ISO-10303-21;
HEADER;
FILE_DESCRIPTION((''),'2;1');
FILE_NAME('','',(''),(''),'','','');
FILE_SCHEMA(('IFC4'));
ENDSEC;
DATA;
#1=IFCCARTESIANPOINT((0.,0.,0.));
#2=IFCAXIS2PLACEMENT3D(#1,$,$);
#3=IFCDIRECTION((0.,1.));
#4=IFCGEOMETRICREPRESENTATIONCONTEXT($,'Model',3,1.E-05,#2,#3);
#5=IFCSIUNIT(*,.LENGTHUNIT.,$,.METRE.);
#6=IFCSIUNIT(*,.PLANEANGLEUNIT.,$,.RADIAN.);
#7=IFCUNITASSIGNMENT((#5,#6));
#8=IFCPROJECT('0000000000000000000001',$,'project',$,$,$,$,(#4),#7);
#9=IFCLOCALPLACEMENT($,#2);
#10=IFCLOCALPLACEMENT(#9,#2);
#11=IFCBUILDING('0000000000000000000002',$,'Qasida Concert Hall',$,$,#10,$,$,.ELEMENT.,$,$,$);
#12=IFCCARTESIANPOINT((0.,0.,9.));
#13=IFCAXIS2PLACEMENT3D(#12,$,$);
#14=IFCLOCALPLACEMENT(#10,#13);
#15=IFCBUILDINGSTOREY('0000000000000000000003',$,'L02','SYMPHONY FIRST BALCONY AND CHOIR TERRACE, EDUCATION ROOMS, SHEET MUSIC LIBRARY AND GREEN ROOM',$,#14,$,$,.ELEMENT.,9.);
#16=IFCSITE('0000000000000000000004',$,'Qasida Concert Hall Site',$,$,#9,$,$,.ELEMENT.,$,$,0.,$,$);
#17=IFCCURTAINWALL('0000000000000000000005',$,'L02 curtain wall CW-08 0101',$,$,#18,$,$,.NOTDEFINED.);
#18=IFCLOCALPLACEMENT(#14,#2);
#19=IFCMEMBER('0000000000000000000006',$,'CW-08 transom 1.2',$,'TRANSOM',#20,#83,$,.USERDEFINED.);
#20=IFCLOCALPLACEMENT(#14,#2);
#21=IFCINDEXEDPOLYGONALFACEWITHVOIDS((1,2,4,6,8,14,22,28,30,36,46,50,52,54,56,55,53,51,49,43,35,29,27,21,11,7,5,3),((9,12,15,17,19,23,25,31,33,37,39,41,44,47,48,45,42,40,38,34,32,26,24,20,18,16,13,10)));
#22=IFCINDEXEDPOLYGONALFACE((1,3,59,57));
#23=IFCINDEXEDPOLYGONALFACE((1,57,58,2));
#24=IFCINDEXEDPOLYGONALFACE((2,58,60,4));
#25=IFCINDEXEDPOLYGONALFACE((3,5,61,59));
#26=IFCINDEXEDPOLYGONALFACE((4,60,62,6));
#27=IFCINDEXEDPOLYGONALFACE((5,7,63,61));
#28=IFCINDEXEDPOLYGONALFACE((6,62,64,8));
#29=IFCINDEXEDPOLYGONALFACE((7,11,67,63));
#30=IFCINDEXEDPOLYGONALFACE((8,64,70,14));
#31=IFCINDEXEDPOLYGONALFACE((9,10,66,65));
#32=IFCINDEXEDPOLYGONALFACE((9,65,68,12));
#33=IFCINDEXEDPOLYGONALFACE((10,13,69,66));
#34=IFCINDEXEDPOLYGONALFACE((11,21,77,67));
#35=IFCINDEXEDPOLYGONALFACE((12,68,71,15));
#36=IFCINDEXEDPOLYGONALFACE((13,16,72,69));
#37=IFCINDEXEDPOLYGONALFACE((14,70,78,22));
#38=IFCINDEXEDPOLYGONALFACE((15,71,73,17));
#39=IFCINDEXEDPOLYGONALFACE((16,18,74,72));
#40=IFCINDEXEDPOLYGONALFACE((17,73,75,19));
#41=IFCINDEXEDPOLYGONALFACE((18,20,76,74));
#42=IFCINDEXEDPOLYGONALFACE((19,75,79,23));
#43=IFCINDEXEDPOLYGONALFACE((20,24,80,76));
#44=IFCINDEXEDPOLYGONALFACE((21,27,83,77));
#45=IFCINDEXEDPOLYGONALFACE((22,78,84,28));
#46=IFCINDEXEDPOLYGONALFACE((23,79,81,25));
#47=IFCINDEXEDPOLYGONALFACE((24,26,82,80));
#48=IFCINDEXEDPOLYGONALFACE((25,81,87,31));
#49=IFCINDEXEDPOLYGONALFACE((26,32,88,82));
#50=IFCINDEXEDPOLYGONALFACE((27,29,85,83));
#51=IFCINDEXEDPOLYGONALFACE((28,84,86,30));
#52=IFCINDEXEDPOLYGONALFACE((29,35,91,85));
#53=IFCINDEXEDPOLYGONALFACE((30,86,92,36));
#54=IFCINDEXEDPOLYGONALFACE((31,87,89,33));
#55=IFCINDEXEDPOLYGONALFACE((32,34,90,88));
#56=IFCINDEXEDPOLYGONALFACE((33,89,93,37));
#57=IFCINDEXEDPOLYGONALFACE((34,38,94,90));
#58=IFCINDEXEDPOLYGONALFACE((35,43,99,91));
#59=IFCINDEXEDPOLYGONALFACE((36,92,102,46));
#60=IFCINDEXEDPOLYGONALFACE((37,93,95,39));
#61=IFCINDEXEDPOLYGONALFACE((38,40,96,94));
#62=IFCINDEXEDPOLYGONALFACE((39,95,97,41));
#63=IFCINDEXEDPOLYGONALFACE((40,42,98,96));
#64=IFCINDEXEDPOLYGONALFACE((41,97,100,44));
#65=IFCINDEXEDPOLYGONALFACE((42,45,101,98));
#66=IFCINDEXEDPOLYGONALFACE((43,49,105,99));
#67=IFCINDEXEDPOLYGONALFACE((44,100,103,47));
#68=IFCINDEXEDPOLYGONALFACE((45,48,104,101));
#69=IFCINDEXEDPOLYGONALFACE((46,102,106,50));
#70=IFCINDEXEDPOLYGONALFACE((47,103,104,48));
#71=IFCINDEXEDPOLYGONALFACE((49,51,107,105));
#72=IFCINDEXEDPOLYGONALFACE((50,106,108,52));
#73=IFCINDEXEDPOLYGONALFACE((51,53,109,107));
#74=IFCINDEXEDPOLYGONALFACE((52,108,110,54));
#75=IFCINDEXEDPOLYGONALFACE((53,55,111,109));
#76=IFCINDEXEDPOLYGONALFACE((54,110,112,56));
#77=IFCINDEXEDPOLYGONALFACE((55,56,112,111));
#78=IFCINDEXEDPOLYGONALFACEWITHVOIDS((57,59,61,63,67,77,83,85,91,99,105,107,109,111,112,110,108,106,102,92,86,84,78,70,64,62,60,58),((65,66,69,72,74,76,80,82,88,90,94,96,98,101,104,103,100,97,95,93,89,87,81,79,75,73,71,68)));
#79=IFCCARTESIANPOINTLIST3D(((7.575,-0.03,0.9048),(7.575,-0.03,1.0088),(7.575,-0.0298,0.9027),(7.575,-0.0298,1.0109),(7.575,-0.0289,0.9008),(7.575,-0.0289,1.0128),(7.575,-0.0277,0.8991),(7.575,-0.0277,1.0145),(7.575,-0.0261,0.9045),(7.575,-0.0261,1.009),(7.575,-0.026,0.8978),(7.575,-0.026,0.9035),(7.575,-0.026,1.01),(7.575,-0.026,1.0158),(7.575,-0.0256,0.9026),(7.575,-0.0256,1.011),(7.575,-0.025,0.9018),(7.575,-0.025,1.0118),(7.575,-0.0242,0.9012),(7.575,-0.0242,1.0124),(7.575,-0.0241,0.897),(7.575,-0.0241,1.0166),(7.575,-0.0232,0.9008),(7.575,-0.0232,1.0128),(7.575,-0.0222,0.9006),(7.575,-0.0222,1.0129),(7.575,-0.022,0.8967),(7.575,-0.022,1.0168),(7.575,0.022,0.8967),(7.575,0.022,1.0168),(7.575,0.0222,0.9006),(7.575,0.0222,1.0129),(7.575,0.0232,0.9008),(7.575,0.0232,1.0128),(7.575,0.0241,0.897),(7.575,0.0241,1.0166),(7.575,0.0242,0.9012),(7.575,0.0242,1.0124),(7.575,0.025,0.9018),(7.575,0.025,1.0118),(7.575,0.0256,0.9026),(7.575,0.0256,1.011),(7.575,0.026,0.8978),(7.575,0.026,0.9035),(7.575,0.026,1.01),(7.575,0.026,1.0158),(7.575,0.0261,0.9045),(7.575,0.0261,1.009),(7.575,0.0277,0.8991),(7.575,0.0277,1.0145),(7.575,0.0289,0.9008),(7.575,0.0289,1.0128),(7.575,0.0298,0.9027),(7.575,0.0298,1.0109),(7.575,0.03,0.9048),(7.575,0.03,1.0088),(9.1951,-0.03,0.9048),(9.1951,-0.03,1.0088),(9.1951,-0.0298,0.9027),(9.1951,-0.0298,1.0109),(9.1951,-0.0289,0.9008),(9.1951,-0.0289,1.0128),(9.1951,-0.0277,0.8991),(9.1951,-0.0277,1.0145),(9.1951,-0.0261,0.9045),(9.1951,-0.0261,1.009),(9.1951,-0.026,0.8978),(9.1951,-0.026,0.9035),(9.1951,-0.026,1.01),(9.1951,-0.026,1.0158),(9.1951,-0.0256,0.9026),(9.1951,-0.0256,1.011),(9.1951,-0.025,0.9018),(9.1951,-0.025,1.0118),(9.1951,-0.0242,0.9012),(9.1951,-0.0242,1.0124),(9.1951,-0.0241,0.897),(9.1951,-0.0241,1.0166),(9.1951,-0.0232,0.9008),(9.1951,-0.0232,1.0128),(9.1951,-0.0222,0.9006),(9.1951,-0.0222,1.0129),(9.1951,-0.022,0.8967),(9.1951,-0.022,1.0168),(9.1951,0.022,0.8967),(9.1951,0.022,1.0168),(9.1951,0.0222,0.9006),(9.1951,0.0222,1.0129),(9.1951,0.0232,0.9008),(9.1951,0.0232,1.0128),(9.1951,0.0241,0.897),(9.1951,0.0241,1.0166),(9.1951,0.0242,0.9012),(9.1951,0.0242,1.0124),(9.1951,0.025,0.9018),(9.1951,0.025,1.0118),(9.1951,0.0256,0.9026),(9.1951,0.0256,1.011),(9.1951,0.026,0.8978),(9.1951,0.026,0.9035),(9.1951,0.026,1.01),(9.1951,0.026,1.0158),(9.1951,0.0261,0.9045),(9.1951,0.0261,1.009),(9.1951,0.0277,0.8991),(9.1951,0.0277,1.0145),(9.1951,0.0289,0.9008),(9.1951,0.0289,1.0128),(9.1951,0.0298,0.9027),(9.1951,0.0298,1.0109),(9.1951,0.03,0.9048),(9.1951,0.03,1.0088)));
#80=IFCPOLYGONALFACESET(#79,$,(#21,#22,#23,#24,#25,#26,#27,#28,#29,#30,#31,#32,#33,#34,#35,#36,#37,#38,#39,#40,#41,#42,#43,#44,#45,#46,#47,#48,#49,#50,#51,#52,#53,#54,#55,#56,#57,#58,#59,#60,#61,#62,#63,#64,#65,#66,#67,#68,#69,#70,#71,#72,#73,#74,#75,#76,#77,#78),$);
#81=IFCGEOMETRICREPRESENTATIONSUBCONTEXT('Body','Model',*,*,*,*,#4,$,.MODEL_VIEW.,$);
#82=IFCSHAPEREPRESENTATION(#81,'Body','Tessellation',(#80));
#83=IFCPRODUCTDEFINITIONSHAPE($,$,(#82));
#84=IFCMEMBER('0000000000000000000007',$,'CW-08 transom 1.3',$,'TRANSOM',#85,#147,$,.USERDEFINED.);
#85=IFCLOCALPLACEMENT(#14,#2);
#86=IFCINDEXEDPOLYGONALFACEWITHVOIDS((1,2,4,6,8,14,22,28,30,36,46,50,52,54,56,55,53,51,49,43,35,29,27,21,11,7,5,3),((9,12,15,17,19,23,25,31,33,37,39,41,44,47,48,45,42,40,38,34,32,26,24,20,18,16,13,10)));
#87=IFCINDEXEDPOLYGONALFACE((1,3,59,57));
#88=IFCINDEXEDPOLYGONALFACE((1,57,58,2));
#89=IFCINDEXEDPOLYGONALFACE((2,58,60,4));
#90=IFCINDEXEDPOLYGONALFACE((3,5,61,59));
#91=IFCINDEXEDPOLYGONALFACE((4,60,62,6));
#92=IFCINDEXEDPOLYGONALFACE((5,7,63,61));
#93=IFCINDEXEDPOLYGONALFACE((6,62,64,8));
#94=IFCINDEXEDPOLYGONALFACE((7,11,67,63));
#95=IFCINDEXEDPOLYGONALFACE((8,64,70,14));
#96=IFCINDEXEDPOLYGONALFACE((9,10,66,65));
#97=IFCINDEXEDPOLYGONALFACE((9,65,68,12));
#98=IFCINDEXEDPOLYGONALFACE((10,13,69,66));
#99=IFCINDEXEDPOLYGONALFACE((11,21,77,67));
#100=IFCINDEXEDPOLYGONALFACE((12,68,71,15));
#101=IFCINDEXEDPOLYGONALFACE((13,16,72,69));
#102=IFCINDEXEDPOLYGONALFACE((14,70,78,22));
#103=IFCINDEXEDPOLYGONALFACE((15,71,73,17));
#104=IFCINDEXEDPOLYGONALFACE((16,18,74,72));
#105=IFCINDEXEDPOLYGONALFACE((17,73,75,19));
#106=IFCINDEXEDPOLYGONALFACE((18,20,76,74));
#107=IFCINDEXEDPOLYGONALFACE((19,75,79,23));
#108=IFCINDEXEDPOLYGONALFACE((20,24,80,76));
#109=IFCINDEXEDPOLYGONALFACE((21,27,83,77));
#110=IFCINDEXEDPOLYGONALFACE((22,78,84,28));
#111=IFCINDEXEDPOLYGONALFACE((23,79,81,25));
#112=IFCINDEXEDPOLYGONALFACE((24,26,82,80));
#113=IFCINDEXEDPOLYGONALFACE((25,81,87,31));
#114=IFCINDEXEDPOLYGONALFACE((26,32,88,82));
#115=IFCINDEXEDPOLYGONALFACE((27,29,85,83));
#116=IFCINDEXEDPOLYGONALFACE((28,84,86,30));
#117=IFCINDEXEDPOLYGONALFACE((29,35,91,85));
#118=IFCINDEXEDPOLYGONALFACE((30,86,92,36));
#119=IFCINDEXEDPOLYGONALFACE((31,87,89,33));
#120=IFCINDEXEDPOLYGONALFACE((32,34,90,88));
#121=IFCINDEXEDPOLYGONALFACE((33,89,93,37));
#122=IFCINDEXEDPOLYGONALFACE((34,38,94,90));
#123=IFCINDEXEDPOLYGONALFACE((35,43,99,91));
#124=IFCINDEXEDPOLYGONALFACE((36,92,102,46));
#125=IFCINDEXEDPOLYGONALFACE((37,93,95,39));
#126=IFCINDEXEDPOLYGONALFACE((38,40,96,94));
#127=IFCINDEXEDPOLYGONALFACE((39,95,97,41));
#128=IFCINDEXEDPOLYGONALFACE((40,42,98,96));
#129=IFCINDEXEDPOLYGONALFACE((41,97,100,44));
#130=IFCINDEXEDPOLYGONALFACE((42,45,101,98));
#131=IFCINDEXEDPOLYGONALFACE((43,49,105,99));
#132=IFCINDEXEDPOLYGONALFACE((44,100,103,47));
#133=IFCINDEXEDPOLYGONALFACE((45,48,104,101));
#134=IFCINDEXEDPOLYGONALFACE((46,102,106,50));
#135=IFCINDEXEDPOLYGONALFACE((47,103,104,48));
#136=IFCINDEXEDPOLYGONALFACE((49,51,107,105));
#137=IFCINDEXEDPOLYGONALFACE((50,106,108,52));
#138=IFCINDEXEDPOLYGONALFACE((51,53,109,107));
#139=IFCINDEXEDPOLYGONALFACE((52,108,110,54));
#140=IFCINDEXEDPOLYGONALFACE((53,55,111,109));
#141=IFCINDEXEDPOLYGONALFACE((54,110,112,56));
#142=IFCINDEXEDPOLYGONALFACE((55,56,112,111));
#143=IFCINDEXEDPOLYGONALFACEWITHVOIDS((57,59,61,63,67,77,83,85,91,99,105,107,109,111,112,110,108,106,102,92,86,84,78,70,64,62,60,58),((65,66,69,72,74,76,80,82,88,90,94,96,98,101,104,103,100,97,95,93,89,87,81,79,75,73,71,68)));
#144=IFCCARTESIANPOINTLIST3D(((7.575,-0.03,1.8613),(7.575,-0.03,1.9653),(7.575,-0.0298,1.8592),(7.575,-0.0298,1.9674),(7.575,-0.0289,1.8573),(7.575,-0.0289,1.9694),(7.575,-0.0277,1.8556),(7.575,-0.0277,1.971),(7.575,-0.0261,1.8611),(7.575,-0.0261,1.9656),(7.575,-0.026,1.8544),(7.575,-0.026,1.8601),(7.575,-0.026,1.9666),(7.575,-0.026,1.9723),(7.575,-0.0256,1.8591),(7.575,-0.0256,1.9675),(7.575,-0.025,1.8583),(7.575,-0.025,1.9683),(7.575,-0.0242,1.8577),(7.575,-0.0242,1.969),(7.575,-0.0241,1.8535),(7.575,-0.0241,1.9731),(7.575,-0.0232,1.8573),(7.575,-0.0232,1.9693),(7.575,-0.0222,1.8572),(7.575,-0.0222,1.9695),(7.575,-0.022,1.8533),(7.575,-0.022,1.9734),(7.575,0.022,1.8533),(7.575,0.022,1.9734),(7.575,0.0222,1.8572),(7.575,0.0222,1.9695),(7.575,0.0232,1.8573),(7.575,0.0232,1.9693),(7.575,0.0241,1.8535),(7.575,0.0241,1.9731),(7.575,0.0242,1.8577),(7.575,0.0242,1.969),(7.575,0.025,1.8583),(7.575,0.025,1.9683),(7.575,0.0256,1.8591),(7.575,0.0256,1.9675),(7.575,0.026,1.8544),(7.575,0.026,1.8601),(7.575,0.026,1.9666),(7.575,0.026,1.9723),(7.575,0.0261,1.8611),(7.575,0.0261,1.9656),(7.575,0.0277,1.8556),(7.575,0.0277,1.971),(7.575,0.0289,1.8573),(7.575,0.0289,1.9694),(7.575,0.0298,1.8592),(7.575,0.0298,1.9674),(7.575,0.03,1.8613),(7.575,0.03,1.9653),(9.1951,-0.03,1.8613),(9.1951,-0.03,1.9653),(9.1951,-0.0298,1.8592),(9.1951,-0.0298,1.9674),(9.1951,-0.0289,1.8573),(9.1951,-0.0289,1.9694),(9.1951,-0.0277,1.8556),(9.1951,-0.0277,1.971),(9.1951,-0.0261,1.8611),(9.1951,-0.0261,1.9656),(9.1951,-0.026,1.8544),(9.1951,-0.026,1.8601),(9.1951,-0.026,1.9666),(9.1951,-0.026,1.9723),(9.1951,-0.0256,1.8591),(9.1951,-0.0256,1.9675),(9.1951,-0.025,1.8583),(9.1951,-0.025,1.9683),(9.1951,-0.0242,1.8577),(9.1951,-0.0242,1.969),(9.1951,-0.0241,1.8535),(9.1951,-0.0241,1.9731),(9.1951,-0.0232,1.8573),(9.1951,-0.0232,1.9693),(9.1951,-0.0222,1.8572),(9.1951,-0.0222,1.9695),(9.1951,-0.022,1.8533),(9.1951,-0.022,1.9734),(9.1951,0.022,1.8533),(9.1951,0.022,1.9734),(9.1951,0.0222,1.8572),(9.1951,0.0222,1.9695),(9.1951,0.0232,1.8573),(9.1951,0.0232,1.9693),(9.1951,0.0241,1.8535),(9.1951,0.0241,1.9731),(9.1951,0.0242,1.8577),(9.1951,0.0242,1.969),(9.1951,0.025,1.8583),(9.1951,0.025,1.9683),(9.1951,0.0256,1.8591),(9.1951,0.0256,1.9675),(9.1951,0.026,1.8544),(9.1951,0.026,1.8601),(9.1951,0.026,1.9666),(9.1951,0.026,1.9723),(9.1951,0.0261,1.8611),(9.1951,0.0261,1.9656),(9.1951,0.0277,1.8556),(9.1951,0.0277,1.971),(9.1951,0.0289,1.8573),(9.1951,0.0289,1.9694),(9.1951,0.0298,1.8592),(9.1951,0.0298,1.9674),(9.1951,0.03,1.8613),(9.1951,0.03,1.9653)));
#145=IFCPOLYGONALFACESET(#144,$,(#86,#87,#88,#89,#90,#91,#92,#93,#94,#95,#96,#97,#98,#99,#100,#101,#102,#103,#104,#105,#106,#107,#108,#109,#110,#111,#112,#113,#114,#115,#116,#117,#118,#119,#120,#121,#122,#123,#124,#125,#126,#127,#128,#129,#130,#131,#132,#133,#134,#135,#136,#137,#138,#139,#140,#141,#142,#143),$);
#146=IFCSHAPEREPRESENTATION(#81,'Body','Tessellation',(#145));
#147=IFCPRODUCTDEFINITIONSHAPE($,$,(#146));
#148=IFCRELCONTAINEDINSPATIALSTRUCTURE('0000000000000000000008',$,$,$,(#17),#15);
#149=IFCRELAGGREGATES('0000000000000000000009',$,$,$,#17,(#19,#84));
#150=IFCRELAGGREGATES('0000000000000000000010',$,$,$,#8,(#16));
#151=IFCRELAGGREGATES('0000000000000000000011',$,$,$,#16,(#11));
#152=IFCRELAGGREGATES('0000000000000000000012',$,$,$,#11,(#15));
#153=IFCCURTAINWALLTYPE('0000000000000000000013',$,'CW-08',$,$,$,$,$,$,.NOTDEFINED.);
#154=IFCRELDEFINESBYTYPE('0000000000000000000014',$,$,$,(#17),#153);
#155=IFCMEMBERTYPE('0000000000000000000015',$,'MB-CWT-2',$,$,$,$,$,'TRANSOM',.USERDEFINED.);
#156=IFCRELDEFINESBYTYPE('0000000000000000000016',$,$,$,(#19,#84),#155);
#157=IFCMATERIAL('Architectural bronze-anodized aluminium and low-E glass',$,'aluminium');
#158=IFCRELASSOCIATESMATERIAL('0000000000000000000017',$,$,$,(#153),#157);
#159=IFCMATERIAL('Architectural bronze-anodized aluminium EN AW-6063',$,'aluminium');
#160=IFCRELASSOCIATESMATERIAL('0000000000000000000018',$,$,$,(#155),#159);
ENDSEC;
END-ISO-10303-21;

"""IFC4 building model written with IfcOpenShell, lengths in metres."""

from ifc_helpers import new_model, si_unit, direction, frame, origin, origin_2d, place, context, subcontext, project, spatial, hollow_rectangle, extrude, material, material_profile, profile_set, type_object, element, aggregate, save


model = new_model("IFC4")

# Units and contexts
model_context = context("Model", 3, precision=1e-05, world=origin(), true_north=direction((0.0, 1.0)))
body_context = subcontext(model_context, "Body", "Model", "MODEL_VIEW")
ifc_project = project(units=[si_unit("LENGTHUNIT", "METRE"), si_unit("PLANEANGLEUNIT", "RADIAN")], contexts=[model_context])

# Site, building, storey
site_placement = place(None, origin())
site = spatial("IfcSite", under=ifc_project, at=site_placement, Name="Qasida Concert Hall Site", CompositionType="ELEMENT", RefElevation=0.0)
building_placement = place(site_placement, origin())
building = spatial("IfcBuilding", under=site, at=building_placement, Name="Qasida Concert Hall", CompositionType="ELEMENT")
storey_placement = place(building_placement, frame((0.0, 0.0, 9.0)))
storey = spatial("IfcBuildingStorey", under=building, at=storey_placement, Name="L02", Description="SYMPHONY FIRST BALCONY AND CHOIR TERRACE, EDUCATION ROOMS, SHEET MUSIC LIBRARY AND GREEN ROOM", CompositionType="ELEMENT", Elevation=9.0)

# Shared definitions
ifc_material_1 = material(Name="Architectural bronze-anodized aluminium and low-E glass", Category="aluminium")
curtain_wall_type = type_object("IfcCurtainWallType", Name="CW-08", PredefinedType="NOTDEFINED", material=ifc_material_1)
ifc_material_2 = material(Name="Architectural bronze-anodized aluminium EN AW-6063", Category="aluminium")

# Curtain wall
curtain_wall_1_placement = place(storey_placement, origin())
curtain_wall_1 = element("IfcCurtainWall", 1, at=curtain_wall_1_placement, inside=storey, type_object=curtain_wall_type, Name="L02 curtain wall CW-08 0101", PredefinedType="NOTDEFINED")

# Members
ifc_material_profile_1 = material_profile(ifc_material_2, hollow_rectangle(XDim=0.0601, YDim=0.1201, WallThickness=0.0039, InnerFilletRadius=0.0039, OuterFilletRadius=0.0081, at=origin_2d()), Name="CWT 120x60x4")
ifc_profile_set_1 = profile_set([ifc_material_profile_1], Name="Architectural bronze-anodized aluminium EN AW-6063")
member_type_1 = type_object("IfcMemberType", Name="MB-CWT-2", ElementType="TRANSOM", PredefinedType="USERDEFINED", material=ifc_profile_set_1)
member_1_placement = place(storey_placement, frame((7.575, 0.0, 0.9568), z_axis=(1.0, 0.0, 0.0), x_axis=(0.0, 1.0, 0.0)))
member_1 = element("IfcMember", 2, at=member_1_placement, type_object=member_type_1, Name="CW-08 transom 1.2", ObjectType="TRANSOM", PredefinedType="USERDEFINED", context=body_context, shape_type="SweptSolid", body=[
    extrude(hollow_rectangle(XDim=0.0601, YDim=0.1201, WallThickness=0.0039, InnerFilletRadius=0.0039, OuterFilletRadius=0.0081, at=origin_2d()), origin(), (0.0, 0.0, 1.0), 1.6201),
])
member_2_placement = place(storey_placement, frame((7.575, 0.0, 1.9133), z_axis=(1.0, 0.0, 0.0), x_axis=(0.0, 1.0, 0.0)))
member_2 = element("IfcMember", 3, at=member_2_placement, type_object=member_type_1, Name="CW-08 transom 1.3", ObjectType="TRANSOM", PredefinedType="USERDEFINED", context=body_context, shape_type="SweptSolid", body=[
    extrude(hollow_rectangle(XDim=0.0601, YDim=0.1201, WallThickness=0.0039, InnerFilletRadius=0.0039, OuterFilletRadius=0.0081, at=origin_2d()), origin(), (0.0, 0.0, 1.0), 1.6201),
])

aggregate(curtain_wall_1, [member_1, member_2])

save(model, "model.ifc")
